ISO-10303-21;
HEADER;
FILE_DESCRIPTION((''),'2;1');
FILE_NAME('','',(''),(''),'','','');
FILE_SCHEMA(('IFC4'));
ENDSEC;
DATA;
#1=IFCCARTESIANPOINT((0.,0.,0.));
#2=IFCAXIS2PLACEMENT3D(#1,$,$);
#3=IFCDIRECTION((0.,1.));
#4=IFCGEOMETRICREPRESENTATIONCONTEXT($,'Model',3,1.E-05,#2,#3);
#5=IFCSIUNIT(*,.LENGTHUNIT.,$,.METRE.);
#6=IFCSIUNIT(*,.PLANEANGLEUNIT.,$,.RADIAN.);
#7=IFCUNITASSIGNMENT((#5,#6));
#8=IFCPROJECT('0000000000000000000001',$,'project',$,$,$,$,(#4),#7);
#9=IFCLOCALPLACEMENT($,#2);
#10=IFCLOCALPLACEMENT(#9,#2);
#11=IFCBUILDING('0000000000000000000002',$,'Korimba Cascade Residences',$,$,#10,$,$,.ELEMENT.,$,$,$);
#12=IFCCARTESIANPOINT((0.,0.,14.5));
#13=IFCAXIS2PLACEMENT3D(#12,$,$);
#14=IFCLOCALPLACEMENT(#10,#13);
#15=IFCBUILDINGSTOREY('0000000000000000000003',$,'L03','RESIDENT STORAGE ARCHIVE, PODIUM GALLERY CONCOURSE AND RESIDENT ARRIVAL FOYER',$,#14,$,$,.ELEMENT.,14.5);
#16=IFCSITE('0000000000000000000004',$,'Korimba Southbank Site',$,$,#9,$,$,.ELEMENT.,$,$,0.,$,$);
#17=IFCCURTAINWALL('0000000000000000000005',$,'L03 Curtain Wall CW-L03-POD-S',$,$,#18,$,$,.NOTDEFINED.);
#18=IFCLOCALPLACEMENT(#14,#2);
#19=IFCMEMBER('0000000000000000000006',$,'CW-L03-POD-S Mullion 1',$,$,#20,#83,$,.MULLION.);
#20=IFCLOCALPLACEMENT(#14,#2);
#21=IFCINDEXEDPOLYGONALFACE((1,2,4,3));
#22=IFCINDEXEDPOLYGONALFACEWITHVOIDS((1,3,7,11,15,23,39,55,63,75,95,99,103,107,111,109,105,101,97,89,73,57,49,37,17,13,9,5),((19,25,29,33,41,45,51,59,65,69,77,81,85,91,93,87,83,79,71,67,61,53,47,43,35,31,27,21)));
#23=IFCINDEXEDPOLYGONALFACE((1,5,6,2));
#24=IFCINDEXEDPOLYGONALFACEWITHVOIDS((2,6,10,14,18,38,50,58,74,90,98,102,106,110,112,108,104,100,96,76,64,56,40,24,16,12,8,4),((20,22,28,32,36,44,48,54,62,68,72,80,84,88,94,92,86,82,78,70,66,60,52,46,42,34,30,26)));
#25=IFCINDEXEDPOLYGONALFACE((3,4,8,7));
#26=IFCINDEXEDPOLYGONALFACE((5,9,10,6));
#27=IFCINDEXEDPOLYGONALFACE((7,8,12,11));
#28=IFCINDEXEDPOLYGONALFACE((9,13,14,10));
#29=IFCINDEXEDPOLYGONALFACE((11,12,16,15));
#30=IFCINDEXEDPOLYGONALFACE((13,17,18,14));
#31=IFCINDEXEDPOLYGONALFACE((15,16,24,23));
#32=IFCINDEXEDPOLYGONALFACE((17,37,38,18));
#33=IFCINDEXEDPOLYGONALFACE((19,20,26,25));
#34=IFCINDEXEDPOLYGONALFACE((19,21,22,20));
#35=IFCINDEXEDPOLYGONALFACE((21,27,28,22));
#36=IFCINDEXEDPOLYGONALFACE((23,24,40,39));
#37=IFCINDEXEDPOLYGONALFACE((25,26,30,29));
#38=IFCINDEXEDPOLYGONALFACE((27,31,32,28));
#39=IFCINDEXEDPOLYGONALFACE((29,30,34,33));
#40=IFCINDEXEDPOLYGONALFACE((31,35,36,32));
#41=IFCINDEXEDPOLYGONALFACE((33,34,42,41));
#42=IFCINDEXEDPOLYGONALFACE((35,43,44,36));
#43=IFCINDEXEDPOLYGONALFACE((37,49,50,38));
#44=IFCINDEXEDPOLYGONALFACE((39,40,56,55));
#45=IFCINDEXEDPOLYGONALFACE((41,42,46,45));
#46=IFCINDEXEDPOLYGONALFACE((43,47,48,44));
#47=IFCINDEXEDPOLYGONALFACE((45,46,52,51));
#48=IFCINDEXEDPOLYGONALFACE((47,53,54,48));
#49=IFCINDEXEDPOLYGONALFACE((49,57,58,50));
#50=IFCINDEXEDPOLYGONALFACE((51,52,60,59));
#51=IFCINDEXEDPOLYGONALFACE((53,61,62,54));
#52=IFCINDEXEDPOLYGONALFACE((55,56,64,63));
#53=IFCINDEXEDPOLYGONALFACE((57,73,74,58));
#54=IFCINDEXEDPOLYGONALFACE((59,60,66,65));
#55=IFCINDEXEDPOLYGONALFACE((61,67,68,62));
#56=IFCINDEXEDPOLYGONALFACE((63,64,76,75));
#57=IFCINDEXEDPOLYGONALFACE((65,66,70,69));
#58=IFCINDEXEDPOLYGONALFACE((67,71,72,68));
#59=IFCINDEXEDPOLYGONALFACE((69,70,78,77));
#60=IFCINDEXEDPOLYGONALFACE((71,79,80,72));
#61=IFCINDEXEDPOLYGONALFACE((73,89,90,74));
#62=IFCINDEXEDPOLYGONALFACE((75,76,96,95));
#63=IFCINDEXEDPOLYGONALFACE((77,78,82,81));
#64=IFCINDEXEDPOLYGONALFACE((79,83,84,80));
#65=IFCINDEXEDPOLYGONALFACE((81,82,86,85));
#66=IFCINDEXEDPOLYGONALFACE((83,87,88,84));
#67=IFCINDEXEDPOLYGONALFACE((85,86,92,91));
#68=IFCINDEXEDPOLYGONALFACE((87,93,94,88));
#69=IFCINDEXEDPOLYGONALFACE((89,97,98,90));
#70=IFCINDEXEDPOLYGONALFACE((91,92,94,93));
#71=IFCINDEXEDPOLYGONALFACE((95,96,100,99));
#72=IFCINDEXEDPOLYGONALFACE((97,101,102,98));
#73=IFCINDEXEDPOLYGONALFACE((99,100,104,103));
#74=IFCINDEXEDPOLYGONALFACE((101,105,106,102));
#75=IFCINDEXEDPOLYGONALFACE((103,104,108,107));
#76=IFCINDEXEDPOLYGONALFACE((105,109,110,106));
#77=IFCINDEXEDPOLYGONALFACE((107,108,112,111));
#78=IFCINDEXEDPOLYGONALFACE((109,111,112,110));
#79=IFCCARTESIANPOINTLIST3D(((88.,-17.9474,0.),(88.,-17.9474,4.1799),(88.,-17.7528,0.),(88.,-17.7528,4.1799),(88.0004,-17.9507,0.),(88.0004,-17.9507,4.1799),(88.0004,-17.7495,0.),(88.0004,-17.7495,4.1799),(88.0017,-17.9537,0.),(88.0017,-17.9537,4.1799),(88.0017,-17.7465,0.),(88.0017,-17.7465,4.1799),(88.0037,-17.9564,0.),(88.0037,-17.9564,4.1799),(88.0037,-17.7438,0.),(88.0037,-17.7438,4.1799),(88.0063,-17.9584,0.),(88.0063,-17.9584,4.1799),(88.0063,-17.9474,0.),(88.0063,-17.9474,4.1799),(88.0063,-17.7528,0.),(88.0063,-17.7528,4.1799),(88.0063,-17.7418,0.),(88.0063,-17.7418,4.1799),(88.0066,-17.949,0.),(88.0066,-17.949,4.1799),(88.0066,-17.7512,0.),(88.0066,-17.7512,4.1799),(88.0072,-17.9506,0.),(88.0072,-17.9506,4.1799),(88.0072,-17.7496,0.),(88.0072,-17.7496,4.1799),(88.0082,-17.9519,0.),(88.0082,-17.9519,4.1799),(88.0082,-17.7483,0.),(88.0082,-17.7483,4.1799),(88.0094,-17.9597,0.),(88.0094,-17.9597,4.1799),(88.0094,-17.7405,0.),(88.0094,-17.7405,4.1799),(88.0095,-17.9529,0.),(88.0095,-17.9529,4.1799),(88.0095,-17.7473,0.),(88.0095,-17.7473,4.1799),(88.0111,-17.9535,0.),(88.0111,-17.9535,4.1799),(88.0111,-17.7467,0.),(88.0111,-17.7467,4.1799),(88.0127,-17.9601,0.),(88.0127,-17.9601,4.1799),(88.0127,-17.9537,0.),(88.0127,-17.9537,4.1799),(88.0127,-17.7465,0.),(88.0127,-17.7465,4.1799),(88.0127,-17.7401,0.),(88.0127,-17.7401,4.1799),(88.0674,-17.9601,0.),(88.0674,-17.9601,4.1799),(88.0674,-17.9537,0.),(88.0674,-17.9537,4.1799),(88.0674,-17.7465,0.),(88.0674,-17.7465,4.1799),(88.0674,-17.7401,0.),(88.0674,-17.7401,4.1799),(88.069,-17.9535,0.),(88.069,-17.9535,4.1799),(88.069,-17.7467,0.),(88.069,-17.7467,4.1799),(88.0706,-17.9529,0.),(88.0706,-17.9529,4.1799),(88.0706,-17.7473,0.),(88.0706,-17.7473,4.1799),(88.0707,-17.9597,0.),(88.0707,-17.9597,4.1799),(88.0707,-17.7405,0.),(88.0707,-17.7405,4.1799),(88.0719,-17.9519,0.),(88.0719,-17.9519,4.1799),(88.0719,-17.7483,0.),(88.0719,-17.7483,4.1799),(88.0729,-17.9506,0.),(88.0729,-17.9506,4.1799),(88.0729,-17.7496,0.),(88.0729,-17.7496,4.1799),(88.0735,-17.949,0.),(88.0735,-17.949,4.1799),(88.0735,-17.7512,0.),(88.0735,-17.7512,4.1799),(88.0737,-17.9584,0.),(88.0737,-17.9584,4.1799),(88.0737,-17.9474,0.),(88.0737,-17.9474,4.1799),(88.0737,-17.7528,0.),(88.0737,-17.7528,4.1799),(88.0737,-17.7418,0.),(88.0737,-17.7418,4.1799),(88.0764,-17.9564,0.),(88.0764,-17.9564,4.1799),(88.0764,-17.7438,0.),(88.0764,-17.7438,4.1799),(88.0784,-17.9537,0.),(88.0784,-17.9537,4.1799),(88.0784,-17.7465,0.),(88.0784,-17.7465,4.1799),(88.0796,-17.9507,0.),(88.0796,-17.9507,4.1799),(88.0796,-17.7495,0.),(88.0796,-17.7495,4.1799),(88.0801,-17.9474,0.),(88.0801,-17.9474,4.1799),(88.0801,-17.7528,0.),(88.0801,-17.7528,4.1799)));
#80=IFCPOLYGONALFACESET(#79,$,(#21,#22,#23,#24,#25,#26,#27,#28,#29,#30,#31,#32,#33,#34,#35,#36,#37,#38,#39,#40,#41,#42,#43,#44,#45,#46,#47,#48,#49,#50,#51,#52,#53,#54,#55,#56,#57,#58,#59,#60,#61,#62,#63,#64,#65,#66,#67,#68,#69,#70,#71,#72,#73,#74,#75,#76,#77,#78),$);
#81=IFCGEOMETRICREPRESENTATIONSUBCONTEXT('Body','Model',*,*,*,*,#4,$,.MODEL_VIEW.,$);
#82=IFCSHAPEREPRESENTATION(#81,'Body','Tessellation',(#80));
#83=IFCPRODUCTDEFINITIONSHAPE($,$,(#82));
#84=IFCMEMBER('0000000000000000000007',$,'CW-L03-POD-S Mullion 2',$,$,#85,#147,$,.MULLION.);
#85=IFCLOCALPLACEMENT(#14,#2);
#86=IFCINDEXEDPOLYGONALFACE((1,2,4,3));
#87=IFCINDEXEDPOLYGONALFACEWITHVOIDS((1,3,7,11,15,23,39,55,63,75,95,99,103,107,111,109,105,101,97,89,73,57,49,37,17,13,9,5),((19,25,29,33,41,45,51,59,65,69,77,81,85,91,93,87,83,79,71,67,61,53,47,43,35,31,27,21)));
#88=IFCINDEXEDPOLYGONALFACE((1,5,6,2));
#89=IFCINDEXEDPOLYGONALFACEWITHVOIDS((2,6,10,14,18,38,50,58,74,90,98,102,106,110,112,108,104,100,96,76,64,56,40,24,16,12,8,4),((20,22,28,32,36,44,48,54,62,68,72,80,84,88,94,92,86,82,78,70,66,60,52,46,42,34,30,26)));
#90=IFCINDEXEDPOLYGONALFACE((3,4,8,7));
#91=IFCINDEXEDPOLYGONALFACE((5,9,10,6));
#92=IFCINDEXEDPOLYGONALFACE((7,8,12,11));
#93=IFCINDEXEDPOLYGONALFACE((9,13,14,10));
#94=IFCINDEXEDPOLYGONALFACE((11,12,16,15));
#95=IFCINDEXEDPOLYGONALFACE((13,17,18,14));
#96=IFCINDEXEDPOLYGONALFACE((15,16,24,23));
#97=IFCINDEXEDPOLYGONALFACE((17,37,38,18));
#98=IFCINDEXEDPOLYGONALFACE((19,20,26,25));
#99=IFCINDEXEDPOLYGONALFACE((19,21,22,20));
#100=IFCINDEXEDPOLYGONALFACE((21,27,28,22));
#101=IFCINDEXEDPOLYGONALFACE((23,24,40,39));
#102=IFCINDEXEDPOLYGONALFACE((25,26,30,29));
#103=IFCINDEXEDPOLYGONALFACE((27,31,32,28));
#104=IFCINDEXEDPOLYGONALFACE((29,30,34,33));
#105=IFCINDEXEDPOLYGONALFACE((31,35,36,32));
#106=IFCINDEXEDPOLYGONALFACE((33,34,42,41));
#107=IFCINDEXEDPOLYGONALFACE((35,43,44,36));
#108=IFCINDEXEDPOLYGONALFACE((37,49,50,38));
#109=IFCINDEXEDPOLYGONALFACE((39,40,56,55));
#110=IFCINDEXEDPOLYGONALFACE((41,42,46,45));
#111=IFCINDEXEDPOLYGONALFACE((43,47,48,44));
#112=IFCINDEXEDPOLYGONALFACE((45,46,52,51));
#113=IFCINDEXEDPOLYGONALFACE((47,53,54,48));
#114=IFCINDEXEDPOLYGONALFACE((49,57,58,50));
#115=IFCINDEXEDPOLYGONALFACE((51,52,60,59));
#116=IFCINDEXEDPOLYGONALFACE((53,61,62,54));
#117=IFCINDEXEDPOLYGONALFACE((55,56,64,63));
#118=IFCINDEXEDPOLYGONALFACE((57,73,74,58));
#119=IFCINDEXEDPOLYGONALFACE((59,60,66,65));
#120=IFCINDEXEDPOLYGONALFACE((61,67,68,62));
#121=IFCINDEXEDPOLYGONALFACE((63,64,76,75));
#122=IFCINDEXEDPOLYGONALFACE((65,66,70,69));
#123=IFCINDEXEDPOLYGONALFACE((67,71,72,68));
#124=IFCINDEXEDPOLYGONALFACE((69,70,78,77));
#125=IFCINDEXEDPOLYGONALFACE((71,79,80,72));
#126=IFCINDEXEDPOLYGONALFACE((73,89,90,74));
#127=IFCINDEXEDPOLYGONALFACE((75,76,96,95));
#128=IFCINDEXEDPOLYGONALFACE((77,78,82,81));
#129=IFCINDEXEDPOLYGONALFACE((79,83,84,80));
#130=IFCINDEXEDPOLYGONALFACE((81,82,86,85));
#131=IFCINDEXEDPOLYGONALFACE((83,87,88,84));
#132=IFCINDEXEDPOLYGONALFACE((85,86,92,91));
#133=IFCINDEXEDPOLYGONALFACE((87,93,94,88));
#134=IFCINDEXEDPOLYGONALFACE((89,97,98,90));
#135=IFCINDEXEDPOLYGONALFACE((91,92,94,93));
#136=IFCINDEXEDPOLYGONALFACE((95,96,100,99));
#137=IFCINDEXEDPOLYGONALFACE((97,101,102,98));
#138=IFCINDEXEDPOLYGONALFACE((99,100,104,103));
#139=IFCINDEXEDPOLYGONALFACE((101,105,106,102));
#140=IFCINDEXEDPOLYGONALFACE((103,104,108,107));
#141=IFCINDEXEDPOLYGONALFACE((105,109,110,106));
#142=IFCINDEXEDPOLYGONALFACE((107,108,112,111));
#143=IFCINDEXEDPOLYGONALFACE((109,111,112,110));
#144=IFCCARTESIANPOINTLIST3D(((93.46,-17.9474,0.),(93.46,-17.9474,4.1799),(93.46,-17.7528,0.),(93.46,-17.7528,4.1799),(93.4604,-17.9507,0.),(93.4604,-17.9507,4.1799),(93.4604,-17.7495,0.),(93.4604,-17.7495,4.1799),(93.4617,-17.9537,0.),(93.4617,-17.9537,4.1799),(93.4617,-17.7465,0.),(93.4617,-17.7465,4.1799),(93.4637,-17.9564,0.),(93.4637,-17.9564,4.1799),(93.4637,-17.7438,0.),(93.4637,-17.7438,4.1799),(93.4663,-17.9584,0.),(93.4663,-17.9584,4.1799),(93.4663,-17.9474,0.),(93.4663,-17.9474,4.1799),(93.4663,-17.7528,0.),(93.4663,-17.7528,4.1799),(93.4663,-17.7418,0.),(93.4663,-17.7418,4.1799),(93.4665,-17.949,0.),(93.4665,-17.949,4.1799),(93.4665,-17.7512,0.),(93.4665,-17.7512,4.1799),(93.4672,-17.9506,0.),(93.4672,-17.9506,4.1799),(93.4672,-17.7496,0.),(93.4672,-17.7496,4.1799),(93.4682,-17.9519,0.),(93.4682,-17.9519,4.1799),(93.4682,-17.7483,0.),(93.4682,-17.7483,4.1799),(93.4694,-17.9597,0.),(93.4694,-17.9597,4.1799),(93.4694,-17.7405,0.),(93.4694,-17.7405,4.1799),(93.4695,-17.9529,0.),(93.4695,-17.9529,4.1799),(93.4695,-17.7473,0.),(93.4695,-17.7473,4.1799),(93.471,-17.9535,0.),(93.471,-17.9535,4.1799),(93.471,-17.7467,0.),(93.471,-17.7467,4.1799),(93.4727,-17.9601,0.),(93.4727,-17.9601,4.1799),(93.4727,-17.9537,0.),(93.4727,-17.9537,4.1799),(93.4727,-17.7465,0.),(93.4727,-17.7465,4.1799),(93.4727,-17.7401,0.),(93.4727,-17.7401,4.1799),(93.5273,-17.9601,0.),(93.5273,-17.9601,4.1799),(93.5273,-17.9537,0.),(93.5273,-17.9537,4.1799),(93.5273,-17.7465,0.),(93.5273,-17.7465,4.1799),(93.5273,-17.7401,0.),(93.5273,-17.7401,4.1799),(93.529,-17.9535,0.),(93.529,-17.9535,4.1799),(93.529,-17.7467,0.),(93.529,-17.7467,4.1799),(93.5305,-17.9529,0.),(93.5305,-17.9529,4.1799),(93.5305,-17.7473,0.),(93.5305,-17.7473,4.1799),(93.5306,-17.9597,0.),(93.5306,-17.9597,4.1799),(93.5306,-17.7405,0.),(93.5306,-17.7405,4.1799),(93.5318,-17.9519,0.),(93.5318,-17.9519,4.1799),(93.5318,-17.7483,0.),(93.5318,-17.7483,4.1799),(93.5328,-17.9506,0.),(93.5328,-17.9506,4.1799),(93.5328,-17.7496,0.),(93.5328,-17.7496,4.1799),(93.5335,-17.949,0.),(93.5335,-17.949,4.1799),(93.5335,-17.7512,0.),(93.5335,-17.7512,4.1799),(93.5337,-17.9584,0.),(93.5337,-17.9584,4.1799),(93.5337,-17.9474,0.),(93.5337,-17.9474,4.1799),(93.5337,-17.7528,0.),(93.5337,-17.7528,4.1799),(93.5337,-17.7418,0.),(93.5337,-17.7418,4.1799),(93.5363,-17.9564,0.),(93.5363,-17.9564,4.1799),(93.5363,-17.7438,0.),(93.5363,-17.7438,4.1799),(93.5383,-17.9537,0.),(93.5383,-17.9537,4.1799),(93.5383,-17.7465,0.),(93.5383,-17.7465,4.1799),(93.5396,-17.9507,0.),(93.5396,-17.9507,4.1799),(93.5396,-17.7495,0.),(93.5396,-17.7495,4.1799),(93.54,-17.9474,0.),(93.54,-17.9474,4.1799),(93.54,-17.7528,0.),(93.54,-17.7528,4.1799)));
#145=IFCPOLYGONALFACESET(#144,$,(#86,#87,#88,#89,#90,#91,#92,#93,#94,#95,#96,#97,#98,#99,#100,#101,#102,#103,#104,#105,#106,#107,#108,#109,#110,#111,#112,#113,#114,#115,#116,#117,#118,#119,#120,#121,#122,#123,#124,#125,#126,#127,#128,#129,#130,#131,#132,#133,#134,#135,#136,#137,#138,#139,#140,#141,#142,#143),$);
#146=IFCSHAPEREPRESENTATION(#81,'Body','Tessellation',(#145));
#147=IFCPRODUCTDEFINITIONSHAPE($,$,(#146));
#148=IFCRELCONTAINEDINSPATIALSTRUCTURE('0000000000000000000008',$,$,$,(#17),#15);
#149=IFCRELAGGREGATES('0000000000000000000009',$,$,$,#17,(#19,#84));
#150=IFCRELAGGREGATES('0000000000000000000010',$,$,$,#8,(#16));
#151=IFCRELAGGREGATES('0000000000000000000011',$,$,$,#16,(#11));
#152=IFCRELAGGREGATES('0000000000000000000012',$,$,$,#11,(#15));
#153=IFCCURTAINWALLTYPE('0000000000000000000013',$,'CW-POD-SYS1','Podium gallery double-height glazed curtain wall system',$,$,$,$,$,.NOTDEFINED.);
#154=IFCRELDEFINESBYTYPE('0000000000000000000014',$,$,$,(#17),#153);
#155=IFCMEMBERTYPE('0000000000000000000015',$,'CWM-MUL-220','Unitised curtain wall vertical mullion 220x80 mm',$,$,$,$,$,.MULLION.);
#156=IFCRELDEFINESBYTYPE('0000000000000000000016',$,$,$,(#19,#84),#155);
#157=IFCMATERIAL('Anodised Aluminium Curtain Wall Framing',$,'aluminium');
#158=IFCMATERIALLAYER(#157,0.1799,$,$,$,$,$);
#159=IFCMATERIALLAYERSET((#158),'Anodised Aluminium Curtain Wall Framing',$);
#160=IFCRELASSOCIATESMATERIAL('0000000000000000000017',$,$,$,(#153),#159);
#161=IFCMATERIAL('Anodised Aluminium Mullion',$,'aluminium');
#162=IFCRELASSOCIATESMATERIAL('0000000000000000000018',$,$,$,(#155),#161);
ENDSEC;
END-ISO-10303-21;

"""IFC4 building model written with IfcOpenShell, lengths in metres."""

from ifc_helpers import new_model, si_unit, direction, frame, origin, origin_2d, place, context, subcontext, project, spatial, hollow_rectangle, extrude, material, layer, layer_set, material_profile, profile_set, type_object, element, aggregate, save


model = new_model("IFC4")

# Units and contexts
model_context = context("Model", 3, precision=1e-05, world=origin(), true_north=direction((0.0, 1.0)))
body_context = subcontext(model_context, "Body", "Model", "MODEL_VIEW")
ifc_project = project(units=[si_unit("LENGTHUNIT", "METRE"), si_unit("PLANEANGLEUNIT", "RADIAN")], contexts=[model_context])

# Site, building, storey
site_placement = place(None, origin())
site = spatial("IfcSite", under=ifc_project, at=site_placement, Name="Korimba Southbank Site", CompositionType="ELEMENT", RefElevation=0.0)
building_placement = place(site_placement, origin())
building = spatial("IfcBuilding", under=site, at=building_placement, Name="Korimba Cascade Residences", CompositionType="ELEMENT")
storey_placement = place(building_placement, frame((0.0, 0.0, 14.5)))
storey = spatial("IfcBuildingStorey", under=building, at=storey_placement, Name="L03", Description="RESIDENT STORAGE ARCHIVE, PODIUM GALLERY CONCOURSE AND RESIDENT ARRIVAL FOYER", CompositionType="ELEMENT", Elevation=14.5)

# Curtain wall, members
ifc_material_1 = material(Name="Anodised Aluminium Curtain Wall Framing", Category="aluminium")
ifc_layer_1 = layer(ifc_material_1, 0.1799)
ifc_layer_set_1 = layer_set([ifc_layer_1], Name="Anodised Aluminium Curtain Wall Framing")
curtain_wall_type = type_object("IfcCurtainWallType", Name="CW-POD-SYS1", Description="Podium gallery double-height glazed curtain wall system", PredefinedType="NOTDEFINED", material=ifc_layer_set_1)
curtain_wall_placement = place(storey_placement, origin())
curtain_wall = element("IfcCurtainWall", 1, at=curtain_wall_placement, inside=storey, type_object=curtain_wall_type, Name="L03 Curtain Wall CW-L03-POD-S", PredefinedType="NOTDEFINED")
ifc_material_2 = material(Name="Anodised Aluminium Mullion", Category="aluminium")
ifc_material_profile_1 = material_profile(ifc_material_2, hollow_rectangle(XDim=0.0801, YDim=0.22, WallThickness=0.0063, InnerFilletRadius=0.0063, OuterFilletRadius=0.0127, at=origin_2d()), Name="Anodised Aluminium Mullion")
ifc_profile_set_1 = profile_set([ifc_material_profile_1], Name="Anodised Aluminium Mullion")
member_type_1 = type_object("IfcMemberType", Name="CWM-MUL-220", Description="Unitised curtain wall vertical mullion 220x80 mm", PredefinedType="MULLION", material=ifc_profile_set_1)
member_1_placement = place(storey_placement, frame((88.04, -17.8501, 0.0), z_axis=(0.0, 0.0, 1.0), x_axis=(1.0, 0.0, 0.0)))
member_1 = element("IfcMember", 2, at=member_1_placement, type_object=member_type_1, Name="CW-L03-POD-S Mullion 1", PredefinedType="MULLION", context=body_context, shape_type="SweptSolid", body=[
    extrude(hollow_rectangle(XDim=0.0801, YDim=0.22, WallThickness=0.0063, InnerFilletRadius=0.0063, OuterFilletRadius=0.0127, at=origin_2d()), origin(), (0.0, 0.0, 1.0), 4.1799),
])
member_2_placement = place(storey_placement, frame((93.5, -17.8501, 0.0), z_axis=(0.0, 0.0, 1.0), x_axis=(1.0, 0.0, 0.0)))
member_2 = element("IfcMember", 3, at=member_2_placement, type_object=member_type_1, Name="CW-L03-POD-S Mullion 2", PredefinedType="MULLION", context=body_context, shape_type="SweptSolid", body=[
    extrude(hollow_rectangle(XDim=0.0801, YDim=0.22, WallThickness=0.0063, InnerFilletRadius=0.0063, OuterFilletRadius=0.0127, at=origin_2d()), origin(), (0.0, 0.0, 1.0), 4.1799),
])
aggregate(curtain_wall, [member_1, member_2])

save(model, "model.ifc")
